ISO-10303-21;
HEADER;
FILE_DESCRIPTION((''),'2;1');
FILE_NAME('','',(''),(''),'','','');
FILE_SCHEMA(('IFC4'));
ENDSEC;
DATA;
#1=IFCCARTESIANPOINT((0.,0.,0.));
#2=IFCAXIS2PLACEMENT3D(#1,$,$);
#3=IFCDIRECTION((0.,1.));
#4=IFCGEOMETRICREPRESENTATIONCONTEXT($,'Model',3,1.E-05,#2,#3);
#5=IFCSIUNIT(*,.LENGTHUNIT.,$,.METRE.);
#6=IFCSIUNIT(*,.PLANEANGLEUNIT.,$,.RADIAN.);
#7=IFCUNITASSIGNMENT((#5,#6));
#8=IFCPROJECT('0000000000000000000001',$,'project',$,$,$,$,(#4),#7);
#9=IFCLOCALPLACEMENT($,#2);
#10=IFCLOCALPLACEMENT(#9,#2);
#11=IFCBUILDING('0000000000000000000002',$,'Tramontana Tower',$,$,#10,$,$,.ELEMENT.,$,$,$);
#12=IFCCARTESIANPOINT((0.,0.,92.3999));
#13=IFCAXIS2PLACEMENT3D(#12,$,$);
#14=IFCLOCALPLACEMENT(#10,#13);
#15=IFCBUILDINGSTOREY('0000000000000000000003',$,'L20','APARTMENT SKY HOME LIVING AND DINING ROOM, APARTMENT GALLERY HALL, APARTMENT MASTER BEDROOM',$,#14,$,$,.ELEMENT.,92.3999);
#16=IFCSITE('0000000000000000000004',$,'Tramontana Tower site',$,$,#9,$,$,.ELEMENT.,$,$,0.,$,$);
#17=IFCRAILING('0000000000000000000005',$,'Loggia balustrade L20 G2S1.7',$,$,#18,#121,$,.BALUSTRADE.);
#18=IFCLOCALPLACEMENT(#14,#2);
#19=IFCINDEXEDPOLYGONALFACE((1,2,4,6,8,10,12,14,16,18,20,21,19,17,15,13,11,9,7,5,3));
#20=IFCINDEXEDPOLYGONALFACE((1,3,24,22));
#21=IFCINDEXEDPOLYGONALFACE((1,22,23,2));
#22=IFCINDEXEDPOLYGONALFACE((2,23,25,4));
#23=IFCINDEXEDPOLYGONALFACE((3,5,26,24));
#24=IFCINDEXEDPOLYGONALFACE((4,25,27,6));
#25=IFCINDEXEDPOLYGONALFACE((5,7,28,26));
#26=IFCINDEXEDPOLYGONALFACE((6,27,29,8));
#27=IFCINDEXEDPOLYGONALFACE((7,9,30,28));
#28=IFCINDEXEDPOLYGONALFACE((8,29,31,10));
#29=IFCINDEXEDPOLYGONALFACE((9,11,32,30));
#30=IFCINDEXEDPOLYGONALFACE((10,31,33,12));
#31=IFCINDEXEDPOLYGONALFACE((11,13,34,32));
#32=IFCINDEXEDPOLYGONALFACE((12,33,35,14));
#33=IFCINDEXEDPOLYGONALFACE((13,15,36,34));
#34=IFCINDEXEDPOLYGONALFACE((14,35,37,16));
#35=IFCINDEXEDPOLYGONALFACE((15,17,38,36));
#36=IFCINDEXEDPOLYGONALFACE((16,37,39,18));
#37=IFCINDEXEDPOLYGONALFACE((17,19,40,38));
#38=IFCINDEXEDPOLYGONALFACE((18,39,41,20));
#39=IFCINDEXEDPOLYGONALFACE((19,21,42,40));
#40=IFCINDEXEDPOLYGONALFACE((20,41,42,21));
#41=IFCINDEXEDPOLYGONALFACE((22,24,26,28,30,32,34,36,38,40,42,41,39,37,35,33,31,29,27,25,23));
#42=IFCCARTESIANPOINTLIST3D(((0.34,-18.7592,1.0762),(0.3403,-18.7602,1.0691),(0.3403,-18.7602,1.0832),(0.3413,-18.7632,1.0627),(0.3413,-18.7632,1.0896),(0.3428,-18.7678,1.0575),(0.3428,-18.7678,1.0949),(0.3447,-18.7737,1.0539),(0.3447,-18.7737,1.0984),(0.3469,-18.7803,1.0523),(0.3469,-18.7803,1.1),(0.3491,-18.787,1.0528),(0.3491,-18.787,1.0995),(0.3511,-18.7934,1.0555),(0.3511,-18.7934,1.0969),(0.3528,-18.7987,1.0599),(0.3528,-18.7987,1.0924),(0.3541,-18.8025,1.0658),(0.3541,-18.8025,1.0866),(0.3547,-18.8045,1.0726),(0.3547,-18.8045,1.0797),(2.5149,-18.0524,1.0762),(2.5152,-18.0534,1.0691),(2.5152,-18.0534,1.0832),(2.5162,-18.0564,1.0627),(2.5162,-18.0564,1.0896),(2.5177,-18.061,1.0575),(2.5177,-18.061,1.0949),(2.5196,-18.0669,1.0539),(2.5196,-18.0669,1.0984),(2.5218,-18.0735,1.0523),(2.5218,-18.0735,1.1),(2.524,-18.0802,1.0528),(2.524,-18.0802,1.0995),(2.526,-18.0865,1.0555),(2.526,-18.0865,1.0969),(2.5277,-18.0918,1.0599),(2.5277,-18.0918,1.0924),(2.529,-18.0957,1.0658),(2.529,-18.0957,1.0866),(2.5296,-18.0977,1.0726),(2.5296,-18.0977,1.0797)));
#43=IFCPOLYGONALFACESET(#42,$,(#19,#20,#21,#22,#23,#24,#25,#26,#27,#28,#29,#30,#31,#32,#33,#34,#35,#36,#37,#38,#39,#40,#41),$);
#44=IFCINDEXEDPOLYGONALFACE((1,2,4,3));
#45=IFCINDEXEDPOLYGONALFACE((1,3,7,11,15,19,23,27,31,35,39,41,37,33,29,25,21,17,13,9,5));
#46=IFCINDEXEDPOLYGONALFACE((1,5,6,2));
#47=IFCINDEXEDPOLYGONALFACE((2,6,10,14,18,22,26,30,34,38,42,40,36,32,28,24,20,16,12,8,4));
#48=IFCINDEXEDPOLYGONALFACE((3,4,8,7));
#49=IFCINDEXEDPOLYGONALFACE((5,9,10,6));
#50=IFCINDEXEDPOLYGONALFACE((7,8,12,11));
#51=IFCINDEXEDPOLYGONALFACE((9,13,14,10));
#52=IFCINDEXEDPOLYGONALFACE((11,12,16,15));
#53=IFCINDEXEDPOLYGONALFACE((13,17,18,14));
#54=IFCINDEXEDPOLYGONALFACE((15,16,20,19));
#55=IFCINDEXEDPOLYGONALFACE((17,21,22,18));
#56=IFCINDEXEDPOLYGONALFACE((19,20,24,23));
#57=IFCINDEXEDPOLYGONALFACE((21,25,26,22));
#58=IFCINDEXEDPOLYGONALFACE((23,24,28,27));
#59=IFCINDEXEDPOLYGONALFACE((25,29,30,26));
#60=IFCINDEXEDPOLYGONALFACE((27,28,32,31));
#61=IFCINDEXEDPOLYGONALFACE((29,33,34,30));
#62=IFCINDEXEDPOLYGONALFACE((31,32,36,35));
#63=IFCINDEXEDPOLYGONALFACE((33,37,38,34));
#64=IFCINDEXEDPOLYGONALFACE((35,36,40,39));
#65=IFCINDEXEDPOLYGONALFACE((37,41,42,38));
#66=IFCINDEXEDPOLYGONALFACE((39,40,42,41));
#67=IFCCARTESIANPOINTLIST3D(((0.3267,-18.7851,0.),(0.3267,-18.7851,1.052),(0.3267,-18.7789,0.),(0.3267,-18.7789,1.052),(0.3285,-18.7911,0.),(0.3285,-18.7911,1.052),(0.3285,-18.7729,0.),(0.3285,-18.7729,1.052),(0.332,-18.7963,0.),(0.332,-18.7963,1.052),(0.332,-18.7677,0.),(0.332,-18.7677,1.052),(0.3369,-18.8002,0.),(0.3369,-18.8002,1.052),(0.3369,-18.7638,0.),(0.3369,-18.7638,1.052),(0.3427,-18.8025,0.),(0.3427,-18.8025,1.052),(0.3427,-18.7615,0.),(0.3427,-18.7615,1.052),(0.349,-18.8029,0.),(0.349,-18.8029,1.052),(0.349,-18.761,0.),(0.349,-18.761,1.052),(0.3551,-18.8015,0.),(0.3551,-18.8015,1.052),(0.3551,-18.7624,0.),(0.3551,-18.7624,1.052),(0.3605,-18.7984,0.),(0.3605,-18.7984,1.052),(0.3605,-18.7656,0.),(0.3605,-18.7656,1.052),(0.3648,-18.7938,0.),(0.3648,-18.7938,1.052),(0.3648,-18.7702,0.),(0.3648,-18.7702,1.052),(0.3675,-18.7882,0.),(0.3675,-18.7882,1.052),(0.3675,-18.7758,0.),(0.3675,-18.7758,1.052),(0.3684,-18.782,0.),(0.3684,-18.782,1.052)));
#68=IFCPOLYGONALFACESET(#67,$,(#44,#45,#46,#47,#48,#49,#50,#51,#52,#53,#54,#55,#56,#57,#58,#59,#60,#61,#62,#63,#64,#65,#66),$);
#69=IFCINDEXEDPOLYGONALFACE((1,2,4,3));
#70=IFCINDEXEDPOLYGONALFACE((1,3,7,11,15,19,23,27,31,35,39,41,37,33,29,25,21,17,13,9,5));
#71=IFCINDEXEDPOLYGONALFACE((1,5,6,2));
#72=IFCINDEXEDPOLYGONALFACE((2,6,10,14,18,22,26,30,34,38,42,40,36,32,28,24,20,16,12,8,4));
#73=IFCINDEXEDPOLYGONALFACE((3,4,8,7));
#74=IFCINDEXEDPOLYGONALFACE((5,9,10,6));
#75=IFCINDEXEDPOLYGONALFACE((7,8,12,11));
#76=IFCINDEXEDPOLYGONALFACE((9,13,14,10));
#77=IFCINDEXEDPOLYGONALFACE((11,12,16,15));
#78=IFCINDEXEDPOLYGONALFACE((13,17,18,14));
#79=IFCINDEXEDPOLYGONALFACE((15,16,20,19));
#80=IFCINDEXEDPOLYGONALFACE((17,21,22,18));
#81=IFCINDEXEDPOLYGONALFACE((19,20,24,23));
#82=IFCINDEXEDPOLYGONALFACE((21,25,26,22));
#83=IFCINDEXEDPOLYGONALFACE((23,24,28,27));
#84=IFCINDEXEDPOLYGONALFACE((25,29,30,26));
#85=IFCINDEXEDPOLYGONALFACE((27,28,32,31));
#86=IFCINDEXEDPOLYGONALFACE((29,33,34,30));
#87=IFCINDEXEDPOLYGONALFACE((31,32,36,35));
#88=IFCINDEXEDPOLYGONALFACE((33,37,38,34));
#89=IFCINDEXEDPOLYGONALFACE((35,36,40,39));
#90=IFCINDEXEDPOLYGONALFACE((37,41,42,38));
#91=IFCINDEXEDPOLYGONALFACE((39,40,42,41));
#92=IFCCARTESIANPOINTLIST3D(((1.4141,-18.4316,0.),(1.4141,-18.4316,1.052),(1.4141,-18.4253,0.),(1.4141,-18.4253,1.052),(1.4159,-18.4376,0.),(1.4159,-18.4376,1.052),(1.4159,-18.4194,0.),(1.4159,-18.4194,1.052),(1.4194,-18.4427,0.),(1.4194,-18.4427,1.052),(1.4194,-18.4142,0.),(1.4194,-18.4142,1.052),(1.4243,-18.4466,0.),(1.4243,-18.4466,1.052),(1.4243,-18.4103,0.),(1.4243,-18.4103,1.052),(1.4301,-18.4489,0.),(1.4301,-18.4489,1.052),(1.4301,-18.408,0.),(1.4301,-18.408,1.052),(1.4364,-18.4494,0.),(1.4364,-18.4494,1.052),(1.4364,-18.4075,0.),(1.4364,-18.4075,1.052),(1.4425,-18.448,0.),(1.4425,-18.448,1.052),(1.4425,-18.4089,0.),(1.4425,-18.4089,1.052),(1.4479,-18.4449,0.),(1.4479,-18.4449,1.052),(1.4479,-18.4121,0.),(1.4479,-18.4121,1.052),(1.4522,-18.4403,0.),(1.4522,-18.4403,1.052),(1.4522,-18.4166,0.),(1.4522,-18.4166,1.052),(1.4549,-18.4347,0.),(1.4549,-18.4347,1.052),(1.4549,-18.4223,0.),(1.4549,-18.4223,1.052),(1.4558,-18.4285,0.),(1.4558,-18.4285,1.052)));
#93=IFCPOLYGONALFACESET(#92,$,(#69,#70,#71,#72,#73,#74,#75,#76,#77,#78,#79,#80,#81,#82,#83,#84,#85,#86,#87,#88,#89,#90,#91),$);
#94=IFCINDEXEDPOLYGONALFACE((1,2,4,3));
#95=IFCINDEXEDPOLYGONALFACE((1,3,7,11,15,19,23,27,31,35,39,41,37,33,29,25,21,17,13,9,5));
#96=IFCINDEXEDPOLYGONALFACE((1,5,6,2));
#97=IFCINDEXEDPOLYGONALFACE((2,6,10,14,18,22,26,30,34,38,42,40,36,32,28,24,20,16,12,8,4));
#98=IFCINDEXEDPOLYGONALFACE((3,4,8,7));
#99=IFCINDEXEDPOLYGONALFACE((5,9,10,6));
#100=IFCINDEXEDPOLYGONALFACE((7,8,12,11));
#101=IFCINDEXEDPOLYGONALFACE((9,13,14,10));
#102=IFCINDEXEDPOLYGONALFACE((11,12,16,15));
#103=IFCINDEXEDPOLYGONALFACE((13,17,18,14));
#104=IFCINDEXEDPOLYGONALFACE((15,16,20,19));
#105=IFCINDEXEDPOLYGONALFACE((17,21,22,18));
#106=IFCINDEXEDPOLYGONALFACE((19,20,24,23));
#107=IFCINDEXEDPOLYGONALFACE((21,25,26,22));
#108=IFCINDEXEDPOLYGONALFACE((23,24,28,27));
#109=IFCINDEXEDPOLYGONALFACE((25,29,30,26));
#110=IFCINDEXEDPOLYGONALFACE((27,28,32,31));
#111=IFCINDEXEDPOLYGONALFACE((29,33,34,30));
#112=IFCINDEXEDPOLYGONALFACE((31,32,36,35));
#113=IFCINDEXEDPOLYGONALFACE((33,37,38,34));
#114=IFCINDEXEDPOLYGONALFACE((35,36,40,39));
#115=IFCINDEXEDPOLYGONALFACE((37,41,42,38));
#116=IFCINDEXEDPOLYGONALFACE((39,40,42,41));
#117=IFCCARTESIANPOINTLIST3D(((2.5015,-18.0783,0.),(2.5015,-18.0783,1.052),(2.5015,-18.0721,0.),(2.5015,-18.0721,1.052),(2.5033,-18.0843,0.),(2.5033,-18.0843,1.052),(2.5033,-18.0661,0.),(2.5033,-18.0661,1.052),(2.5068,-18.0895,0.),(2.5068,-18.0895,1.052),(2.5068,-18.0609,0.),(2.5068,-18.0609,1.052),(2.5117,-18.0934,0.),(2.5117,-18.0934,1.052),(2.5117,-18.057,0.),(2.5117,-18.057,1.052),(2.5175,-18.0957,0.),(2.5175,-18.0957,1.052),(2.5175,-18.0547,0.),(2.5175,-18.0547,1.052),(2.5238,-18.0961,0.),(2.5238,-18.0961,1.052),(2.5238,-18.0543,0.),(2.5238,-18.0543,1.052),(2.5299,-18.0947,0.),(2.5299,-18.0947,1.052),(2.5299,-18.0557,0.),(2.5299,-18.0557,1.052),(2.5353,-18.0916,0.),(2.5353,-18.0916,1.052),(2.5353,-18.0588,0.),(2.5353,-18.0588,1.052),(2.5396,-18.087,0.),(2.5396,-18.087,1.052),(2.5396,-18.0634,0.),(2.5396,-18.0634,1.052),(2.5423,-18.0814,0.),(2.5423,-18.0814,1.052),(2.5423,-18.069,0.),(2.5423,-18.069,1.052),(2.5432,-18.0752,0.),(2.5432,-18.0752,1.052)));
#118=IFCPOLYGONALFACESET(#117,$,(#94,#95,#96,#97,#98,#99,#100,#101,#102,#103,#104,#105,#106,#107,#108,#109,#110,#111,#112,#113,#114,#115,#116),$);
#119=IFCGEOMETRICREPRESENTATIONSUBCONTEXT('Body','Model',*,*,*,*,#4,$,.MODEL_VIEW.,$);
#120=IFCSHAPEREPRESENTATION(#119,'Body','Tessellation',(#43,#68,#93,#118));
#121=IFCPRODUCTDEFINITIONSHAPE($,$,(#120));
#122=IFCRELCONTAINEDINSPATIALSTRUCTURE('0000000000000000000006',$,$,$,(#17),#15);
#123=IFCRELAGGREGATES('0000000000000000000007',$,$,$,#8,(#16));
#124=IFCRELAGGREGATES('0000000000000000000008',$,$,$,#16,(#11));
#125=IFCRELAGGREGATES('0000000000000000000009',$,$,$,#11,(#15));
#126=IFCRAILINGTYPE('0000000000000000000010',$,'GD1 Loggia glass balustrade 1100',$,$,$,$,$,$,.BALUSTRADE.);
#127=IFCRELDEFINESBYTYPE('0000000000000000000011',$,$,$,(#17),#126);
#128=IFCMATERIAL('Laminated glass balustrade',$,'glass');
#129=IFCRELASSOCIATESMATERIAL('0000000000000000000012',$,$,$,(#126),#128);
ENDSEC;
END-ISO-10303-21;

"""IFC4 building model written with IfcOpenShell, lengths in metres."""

from ifc_helpers import new_model, si_unit, direction, frame, origin, origin_2d, place, context, subcontext, project, spatial, circle, extrude, material, type_object, element, save


model = new_model("IFC4")

# Units and contexts
model_context = context("Model", 3, precision=1e-05, world=origin(), true_north=direction((0.0, 1.0)))
body_context = subcontext(model_context, "Body", "Model", "MODEL_VIEW")
ifc_project = project(units=[si_unit("LENGTHUNIT", "METRE"), si_unit("PLANEANGLEUNIT", "RADIAN")], contexts=[model_context])

# Site, building, storey
site_placement = place(None, origin())
site = spatial("IfcSite", under=ifc_project, at=site_placement, Name="Tramontana Tower site", CompositionType="ELEMENT", RefElevation=0.0)
building_placement = place(site_placement, origin())
building = spatial("IfcBuilding", under=site, at=building_placement, Name="Tramontana Tower", CompositionType="ELEMENT")
storey_placement = place(building_placement, frame((0.0, 0.0, 92.3999)))
storey = spatial("IfcBuildingStorey", under=building, at=storey_placement, Name="L20", Description="APARTMENT SKY HOME LIVING AND DINING ROOM, APARTMENT GALLERY HALL, APARTMENT MASTER BEDROOM", CompositionType="ELEMENT", Elevation=92.3999)

# Railing
ifc_material_1 = material(Name="Laminated glass balustrade", Category="glass")
railing_type = type_object("IfcRailingType", Name="GD1 Loggia glass balustrade 1100", PredefinedType="BALUSTRADE", material=ifc_material_1)
railing_1_placement = place(storey_placement, frame((0.3474, -18.782, 0.0)))
element("IfcRailing", 1, at=railing_1_placement, inside=storey, type_object=railing_type, Name="Loggia balustrade L20 G2S1.7", PredefinedType="BALUSTRADE", context=body_context, shape_type="SweptSolid", body=[
    extrude(circle(Radius=0.0239, at=origin_2d()), frame((0.0, 0.0, 1.0762), z_axis=(0.951037, 0.309076, 0.0), x_axis=(-0.309076, 0.951037, 0.0)), (0.0, 0.0, 1.0), 2.2869),
    extrude(circle(Radius=0.021, at=origin_2d()), origin(), (0.0, 0.0, 1.0), 1.052),
    extrude(circle(Radius=0.021, at=origin_2d()), frame((1.0874, 0.3535, 0.0)), (0.0, 0.0, 1.0), 1.052),
    extrude(circle(Radius=0.021, at=origin_2d()), frame((2.1748, 0.7068, 0.0)), (0.0, 0.0, 1.0), 1.052),
])

save(model, "model.ifc")
